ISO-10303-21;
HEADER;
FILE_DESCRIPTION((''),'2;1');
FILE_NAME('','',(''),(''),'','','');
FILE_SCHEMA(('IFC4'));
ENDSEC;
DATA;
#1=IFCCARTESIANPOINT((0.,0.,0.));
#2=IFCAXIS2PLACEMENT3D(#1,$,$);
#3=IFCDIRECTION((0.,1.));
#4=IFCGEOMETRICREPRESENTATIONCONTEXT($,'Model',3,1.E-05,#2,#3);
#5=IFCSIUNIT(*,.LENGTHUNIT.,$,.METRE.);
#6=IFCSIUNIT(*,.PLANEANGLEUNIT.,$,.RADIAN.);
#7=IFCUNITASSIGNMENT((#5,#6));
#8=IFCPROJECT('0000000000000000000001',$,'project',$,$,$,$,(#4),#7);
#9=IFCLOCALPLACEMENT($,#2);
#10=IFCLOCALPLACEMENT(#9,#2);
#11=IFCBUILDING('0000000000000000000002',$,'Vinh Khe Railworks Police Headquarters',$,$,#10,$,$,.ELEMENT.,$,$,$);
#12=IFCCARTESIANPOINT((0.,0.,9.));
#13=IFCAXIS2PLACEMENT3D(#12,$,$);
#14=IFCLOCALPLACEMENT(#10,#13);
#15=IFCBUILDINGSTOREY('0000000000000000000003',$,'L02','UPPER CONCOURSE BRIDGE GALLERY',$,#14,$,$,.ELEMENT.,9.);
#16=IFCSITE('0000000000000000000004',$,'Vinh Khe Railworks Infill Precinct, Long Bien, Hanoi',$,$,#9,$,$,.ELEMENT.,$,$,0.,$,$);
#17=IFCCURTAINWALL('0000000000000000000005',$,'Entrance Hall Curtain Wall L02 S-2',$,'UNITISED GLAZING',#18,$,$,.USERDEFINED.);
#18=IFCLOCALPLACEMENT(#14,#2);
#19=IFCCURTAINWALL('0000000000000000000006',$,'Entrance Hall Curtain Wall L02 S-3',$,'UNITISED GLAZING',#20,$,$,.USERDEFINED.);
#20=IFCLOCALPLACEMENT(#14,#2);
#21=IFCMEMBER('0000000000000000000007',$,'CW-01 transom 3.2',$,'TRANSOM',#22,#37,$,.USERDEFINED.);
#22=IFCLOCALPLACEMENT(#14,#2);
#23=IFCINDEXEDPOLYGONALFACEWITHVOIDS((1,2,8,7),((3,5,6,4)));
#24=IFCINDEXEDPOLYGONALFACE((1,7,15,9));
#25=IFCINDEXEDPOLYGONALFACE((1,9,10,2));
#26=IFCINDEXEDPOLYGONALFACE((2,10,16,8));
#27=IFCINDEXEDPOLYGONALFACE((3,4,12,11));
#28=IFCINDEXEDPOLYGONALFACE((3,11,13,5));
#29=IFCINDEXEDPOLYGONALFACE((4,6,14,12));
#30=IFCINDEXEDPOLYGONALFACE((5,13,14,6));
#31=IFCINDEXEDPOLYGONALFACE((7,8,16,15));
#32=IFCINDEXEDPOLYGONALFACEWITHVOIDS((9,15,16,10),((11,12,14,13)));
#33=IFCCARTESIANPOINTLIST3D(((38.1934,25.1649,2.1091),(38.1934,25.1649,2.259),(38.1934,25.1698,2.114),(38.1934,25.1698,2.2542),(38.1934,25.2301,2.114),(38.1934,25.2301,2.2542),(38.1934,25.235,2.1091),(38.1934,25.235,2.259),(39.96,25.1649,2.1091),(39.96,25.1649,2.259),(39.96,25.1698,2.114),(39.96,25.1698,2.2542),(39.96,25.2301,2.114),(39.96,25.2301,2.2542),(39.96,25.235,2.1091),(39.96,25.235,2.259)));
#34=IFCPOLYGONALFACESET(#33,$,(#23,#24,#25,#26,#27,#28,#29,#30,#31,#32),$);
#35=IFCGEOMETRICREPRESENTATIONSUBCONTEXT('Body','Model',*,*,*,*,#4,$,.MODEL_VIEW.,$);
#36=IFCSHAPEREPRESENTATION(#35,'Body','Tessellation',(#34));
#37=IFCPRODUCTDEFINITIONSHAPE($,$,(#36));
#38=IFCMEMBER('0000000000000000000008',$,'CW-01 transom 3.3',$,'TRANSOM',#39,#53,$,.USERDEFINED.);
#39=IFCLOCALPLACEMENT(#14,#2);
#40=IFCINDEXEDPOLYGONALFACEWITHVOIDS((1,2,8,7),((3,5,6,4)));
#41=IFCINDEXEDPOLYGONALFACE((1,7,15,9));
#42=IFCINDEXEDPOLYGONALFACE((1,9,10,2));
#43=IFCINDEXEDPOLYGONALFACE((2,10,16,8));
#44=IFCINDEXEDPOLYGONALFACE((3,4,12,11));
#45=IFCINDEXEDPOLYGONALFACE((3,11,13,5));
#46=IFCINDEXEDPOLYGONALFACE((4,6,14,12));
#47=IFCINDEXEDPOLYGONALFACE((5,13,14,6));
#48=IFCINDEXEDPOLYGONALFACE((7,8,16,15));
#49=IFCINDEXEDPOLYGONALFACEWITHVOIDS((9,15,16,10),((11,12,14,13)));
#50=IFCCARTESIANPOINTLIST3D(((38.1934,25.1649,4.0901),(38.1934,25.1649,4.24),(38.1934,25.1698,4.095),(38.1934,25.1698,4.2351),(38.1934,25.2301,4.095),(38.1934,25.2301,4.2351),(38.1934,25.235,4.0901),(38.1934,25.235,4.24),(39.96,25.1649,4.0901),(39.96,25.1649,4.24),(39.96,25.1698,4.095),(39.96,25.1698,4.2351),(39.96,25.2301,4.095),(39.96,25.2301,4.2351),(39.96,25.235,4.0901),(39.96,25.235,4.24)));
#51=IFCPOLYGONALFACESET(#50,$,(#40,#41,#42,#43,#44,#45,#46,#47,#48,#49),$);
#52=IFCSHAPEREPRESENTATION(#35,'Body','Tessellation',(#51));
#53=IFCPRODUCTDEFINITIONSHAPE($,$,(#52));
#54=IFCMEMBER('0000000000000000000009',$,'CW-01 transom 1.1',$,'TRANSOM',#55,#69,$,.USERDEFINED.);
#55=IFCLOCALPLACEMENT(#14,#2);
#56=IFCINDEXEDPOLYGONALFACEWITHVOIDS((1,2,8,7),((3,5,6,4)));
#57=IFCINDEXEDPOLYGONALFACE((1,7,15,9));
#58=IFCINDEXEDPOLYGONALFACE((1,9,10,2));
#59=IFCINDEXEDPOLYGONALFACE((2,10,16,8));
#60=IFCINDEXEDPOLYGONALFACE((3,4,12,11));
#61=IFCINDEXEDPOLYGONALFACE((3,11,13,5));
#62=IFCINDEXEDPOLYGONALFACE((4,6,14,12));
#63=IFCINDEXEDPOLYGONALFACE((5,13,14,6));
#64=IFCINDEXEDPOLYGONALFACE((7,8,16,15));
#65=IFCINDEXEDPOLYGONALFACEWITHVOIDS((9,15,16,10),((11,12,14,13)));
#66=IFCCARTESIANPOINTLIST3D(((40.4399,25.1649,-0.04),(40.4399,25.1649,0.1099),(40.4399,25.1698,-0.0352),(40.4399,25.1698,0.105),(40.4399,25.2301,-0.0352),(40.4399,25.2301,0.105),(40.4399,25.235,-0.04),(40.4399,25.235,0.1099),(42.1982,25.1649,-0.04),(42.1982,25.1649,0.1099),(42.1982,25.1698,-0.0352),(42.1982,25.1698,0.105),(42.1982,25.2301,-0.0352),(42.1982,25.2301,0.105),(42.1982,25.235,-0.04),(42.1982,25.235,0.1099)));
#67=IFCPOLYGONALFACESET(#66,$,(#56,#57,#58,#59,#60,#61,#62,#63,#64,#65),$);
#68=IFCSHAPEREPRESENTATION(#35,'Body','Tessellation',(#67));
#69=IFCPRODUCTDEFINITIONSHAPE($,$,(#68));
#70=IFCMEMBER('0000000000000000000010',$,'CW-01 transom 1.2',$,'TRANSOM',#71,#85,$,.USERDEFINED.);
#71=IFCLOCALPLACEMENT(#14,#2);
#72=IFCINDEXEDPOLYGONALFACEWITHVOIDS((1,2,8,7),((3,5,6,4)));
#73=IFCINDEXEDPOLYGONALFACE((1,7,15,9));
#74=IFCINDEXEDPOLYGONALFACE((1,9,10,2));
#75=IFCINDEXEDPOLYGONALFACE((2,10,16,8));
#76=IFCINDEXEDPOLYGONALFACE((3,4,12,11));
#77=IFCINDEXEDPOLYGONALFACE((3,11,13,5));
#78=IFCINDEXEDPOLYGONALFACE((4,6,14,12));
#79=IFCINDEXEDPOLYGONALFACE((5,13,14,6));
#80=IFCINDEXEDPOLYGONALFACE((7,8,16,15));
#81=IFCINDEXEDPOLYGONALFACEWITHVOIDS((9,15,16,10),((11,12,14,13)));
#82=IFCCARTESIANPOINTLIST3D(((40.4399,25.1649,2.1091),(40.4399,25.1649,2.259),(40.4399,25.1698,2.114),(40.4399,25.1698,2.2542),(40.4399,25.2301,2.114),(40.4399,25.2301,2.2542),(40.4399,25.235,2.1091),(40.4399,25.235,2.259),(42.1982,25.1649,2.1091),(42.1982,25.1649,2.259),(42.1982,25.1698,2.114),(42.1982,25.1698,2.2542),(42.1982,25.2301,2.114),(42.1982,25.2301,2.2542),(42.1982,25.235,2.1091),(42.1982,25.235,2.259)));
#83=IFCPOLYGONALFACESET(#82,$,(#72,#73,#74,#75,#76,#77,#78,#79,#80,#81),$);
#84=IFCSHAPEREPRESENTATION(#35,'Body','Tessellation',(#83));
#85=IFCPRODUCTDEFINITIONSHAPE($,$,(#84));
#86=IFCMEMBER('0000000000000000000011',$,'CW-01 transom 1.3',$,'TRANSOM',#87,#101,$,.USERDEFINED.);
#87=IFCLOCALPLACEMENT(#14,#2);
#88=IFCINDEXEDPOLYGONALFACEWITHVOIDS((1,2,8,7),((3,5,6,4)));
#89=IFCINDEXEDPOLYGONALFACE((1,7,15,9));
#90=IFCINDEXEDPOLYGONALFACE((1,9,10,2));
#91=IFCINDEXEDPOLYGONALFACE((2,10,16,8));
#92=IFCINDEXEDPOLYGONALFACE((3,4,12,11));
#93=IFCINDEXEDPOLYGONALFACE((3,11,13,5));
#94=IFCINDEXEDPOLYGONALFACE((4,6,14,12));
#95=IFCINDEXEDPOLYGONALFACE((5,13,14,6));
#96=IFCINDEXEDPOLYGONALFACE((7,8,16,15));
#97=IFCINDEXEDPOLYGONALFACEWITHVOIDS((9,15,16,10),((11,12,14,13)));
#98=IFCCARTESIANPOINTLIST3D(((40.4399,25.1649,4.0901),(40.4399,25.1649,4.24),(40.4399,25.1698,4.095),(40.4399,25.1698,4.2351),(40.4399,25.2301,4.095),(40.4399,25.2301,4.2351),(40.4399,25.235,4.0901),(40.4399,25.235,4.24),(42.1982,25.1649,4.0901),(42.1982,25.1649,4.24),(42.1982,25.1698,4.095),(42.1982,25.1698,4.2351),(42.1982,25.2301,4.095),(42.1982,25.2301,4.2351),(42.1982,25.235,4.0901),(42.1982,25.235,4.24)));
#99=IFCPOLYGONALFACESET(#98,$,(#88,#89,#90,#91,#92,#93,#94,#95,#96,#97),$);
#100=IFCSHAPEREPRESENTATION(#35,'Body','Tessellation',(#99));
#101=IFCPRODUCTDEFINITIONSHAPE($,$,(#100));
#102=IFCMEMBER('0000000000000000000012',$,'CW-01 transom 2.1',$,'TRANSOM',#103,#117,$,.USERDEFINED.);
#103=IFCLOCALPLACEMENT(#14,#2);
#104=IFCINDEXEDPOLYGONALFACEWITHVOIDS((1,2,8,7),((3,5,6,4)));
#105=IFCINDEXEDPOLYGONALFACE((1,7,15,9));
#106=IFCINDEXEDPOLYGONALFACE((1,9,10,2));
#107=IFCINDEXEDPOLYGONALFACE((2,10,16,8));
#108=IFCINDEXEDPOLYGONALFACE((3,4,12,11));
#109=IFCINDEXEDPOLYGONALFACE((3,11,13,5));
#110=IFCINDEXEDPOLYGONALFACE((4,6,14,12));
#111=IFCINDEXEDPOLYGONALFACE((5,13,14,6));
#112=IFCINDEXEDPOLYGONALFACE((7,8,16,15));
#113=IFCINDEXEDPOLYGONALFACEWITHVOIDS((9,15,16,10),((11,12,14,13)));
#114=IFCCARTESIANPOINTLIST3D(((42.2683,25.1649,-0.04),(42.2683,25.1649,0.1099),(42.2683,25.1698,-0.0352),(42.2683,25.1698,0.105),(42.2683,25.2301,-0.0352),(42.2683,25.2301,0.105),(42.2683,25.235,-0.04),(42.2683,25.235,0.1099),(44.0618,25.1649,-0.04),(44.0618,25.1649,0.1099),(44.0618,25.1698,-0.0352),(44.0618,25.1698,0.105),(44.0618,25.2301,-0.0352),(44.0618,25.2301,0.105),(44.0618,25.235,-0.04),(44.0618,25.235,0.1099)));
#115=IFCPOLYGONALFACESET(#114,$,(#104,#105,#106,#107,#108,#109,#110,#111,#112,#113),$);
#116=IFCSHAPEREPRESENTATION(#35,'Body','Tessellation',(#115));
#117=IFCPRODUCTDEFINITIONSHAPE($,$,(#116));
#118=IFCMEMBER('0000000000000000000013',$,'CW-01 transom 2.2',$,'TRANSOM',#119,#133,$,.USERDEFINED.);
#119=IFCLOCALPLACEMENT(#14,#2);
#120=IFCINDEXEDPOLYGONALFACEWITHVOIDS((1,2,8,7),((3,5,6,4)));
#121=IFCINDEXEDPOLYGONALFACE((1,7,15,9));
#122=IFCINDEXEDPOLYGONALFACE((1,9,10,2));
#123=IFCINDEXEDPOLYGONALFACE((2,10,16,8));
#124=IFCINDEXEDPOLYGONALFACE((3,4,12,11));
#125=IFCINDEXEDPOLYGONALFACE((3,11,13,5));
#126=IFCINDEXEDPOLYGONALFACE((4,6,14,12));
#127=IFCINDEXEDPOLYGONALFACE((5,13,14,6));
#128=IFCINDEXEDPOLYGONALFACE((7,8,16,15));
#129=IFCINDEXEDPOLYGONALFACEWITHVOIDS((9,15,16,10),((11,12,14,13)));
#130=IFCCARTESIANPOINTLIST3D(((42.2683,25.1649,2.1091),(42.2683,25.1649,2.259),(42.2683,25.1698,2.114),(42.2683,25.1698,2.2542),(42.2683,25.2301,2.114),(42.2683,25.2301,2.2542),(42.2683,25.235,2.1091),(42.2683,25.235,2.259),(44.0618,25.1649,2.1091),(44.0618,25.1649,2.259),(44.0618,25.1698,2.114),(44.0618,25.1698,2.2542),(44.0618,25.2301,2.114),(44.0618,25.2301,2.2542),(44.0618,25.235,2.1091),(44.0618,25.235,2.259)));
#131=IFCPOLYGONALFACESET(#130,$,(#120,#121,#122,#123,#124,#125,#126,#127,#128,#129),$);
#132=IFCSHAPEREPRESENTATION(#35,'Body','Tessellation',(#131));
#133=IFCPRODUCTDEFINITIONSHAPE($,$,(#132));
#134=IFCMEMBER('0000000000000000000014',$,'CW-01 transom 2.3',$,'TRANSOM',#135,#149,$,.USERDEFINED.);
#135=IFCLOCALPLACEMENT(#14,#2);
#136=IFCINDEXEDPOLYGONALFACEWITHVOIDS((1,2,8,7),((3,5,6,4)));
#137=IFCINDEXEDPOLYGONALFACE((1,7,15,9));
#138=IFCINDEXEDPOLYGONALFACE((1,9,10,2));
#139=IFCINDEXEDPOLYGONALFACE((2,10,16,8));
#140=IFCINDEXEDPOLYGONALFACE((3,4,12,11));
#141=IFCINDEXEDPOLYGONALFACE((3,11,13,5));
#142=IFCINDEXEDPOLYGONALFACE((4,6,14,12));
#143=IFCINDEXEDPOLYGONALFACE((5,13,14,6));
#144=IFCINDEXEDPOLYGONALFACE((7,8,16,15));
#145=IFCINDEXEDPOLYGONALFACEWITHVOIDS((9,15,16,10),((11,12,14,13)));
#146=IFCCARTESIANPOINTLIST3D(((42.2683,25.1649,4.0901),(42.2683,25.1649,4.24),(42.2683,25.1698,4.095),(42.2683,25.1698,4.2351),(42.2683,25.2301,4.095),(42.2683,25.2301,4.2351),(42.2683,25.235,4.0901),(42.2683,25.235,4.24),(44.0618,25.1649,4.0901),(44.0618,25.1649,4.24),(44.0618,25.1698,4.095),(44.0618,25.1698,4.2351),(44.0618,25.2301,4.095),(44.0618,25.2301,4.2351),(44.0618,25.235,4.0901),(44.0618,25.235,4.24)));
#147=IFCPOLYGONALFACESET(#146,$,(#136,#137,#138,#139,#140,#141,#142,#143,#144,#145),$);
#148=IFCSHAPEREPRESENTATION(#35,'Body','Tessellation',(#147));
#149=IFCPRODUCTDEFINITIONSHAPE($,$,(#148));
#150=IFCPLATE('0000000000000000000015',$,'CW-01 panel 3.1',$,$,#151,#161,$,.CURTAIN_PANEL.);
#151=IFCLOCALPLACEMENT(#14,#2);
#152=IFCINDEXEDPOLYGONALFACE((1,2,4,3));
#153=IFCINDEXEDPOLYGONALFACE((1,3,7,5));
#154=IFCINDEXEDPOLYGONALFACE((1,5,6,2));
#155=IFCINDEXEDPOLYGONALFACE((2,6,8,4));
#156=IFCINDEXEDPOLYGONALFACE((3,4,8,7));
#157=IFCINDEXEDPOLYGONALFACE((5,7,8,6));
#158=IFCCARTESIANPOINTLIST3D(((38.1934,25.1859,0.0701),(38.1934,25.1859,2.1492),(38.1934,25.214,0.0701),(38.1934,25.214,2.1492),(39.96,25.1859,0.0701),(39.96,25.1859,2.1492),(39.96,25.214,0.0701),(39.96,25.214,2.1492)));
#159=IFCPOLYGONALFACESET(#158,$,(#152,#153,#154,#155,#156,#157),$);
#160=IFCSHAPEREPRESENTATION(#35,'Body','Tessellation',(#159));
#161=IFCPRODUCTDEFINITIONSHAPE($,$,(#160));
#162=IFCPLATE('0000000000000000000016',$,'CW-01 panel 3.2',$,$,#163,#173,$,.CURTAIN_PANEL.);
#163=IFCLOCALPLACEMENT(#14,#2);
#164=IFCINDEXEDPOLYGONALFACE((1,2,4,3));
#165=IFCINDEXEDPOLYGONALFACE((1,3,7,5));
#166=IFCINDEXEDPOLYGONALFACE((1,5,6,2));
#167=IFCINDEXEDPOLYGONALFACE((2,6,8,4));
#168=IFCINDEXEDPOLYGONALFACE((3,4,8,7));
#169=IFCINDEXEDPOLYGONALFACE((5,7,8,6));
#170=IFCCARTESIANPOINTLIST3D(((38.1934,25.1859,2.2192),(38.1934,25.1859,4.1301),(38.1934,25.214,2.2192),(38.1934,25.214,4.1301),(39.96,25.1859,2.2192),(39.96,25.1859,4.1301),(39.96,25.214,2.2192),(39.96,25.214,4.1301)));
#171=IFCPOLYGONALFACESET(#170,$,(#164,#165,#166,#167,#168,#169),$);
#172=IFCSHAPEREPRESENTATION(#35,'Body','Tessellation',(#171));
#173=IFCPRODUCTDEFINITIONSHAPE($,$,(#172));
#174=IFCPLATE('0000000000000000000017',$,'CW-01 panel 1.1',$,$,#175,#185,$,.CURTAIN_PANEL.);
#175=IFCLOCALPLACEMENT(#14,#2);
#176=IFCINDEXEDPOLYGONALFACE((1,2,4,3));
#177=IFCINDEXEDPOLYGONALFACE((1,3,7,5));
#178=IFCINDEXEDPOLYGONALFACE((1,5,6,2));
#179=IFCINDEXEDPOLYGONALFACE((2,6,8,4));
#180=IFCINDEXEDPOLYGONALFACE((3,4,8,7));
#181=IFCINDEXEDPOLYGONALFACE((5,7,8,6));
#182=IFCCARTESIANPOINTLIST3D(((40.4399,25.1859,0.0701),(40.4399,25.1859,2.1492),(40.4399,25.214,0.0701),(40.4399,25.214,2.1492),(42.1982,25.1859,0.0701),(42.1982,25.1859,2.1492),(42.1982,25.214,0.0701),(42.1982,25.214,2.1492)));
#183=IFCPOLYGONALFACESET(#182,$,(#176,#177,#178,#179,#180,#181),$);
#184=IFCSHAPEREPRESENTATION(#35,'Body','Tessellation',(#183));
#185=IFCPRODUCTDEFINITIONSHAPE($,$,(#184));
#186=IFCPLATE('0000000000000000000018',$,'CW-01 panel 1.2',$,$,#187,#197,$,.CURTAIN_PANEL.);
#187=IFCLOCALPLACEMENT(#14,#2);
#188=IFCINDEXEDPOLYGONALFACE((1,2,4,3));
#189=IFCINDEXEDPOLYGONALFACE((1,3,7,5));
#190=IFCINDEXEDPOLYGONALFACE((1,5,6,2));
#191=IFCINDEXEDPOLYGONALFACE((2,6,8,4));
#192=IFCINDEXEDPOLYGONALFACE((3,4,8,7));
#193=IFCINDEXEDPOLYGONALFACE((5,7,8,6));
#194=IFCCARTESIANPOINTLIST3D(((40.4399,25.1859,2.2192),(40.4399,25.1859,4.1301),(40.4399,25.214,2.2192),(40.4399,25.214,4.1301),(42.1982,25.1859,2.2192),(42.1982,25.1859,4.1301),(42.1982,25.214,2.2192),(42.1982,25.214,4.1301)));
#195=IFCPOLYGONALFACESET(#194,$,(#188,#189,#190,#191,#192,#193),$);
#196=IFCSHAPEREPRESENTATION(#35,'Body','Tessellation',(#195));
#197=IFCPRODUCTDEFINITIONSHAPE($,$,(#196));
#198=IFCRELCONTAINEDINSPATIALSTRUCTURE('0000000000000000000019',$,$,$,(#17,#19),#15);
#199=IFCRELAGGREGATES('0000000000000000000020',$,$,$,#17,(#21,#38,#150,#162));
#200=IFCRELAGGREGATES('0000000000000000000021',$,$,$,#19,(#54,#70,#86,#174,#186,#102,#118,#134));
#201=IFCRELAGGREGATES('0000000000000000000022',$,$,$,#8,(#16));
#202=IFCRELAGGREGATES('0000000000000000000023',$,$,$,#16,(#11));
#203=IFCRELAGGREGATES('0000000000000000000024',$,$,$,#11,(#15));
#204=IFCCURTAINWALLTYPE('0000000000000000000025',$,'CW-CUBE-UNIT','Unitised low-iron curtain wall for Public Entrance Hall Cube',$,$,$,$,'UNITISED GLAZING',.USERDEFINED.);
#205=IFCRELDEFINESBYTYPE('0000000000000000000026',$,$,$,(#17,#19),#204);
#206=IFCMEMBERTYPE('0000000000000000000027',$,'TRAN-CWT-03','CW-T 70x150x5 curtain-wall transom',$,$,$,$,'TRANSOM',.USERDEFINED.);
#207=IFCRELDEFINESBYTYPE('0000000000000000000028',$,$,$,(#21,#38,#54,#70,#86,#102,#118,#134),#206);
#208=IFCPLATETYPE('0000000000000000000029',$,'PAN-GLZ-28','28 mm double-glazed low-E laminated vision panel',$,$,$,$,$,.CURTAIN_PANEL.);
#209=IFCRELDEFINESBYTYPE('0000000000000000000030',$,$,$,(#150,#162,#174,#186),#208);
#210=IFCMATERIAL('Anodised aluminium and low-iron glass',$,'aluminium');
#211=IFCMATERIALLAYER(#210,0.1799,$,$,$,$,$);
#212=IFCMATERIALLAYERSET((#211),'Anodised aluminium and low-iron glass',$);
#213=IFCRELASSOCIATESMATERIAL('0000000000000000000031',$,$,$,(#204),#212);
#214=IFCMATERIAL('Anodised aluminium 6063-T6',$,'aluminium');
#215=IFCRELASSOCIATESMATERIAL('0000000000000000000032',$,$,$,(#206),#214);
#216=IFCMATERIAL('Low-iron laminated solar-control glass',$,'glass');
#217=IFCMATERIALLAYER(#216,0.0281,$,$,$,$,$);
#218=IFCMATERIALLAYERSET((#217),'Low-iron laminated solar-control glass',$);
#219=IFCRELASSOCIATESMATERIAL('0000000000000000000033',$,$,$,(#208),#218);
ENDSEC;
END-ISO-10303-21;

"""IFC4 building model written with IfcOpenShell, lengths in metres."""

from ifc_helpers import new_model, si_unit, direction, frame, origin, origin_2d, place, context, subcontext, project, spatial, rectangle, hollow_rectangle, extrude, material, layer, layer_set, material_profile, profile_set, type_object, element, aggregate, save


model = new_model("IFC4")

# Units and contexts
model_context = context("Model", 3, precision=1e-05, world=origin(), true_north=direction((0.0, 1.0)))
body_context = subcontext(model_context, "Body", "Model", "MODEL_VIEW")
ifc_project = project(units=[si_unit("LENGTHUNIT", "METRE"), si_unit("PLANEANGLEUNIT", "RADIAN")], contexts=[model_context])

# Site, building, storey
site_placement = place(None, origin())
site = spatial("IfcSite", under=ifc_project, at=site_placement, Name="Vinh Khe Railworks Infill Precinct, Long Bien, Hanoi", CompositionType="ELEMENT", RefElevation=0.0)
building_placement = place(site_placement, origin())
building = spatial("IfcBuilding", under=site, at=building_placement, Name="Vinh Khe Railworks Police Headquarters", CompositionType="ELEMENT")
storey_placement = place(building_placement, frame((0.0, 0.0, 9.0)))
storey = spatial("IfcBuildingStorey", under=building, at=storey_placement, Name="L02", Description="UPPER CONCOURSE BRIDGE GALLERY", CompositionType="ELEMENT", Elevation=9.0)

# Curtain walls
ifc_material_1 = material(Name="Anodised aluminium and low-iron glass", Category="aluminium")
ifc_layer_1 = layer(ifc_material_1, 0.1799)
ifc_layer_set_1 = layer_set([ifc_layer_1], Name="Anodised aluminium and low-iron glass")
curtain_wall_type = type_object("IfcCurtainWallType", Name="CW-CUBE-UNIT", Description="Unitised low-iron curtain wall for Public Entrance Hall Cube", ElementType="UNITISED GLAZING", PredefinedType="USERDEFINED", material=ifc_layer_set_1)
curtain_wall_1_placement = place(storey_placement, origin())
curtain_wall_1 = element("IfcCurtainWall", 1, at=curtain_wall_1_placement, inside=storey, type_object=curtain_wall_type, Name="Entrance Hall Curtain Wall L02 S-2", ObjectType="UNITISED GLAZING", PredefinedType="USERDEFINED")
ifc_material_2 = material(Name="Anodised aluminium 6063-T6", Category="aluminium")
curtain_wall_2_placement = place(storey_placement, origin())
curtain_wall_2 = element("IfcCurtainWall", 2, at=curtain_wall_2_placement, inside=storey, type_object=curtain_wall_type, Name="Entrance Hall Curtain Wall L02 S-3", ObjectType="UNITISED GLAZING", PredefinedType="USERDEFINED")

# Members
ifc_material_profile_1 = material_profile(ifc_material_2, hollow_rectangle(XDim=0.0701, YDim=0.1499, WallThickness=0.0049, at=origin_2d()), Name="CW-T 70x150x5")
ifc_profile_set_1 = profile_set([ifc_material_profile_1], Name="Anodised aluminium 6063-T6")
member_type_1 = type_object("IfcMemberType", Name="TRAN-CWT-03", Description="CW-T 70x150x5 curtain-wall transom", ElementType="TRANSOM", PredefinedType="USERDEFINED", material=ifc_profile_set_1)
member_1_placement = place(storey_placement, frame((38.1934, 25.2, 2.1841), z_axis=(1.0, 0.0, 0.0), x_axis=(0.0, 1.0, 0.0)))
member_1 = element("IfcMember", 3, at=member_1_placement, type_object=member_type_1, Name="CW-01 transom 3.2", ObjectType="TRANSOM", PredefinedType="USERDEFINED", context=body_context, shape_type="SweptSolid", body=[
    extrude(hollow_rectangle(XDim=0.0701, YDim=0.1499, WallThickness=0.0049, at=origin_2d()), origin(), (0.0, 0.0, 1.0), 1.7666),
])
member_2_placement = place(storey_placement, frame((38.1934, 25.2, 4.165), z_axis=(1.0, 0.0, 0.0), x_axis=(0.0, 1.0, 0.0)))
member_2 = element("IfcMember", 4, at=member_2_placement, type_object=member_type_1, Name="CW-01 transom 3.3", ObjectType="TRANSOM", PredefinedType="USERDEFINED", context=body_context, shape_type="SweptSolid", body=[
    extrude(hollow_rectangle(XDim=0.0701, YDim=0.1499, WallThickness=0.0049, at=origin_2d()), origin(), (0.0, 0.0, 1.0), 1.7666),
])
member_3_placement = place(storey_placement, frame((40.4399, 25.2, 0.0349), z_axis=(1.0, 0.0, 0.0), x_axis=(0.0, 1.0, 0.0)))
member_3 = element("IfcMember", 5, at=member_3_placement, type_object=member_type_1, Name="CW-01 transom 1.1", ObjectType="TRANSOM", PredefinedType="USERDEFINED", context=body_context, shape_type="SweptSolid", body=[
    extrude(hollow_rectangle(XDim=0.0701, YDim=0.1499, WallThickness=0.0049, at=origin_2d()), origin(), (0.0, 0.0, 1.0), 1.7583),
])
member_4_placement = place(storey_placement, frame((40.4399, 25.2, 2.1841), z_axis=(1.0, 0.0, 0.0), x_axis=(0.0, 1.0, 0.0)))
member_4 = element("IfcMember", 6, at=member_4_placement, type_object=member_type_1, Name="CW-01 transom 1.2", ObjectType="TRANSOM", PredefinedType="USERDEFINED", context=body_context, shape_type="SweptSolid", body=[
    extrude(hollow_rectangle(XDim=0.0701, YDim=0.1499, WallThickness=0.0049, at=origin_2d()), origin(), (0.0, 0.0, 1.0), 1.7583),
])
member_5_placement = place(storey_placement, frame((40.4399, 25.2, 4.165), z_axis=(1.0, 0.0, 0.0), x_axis=(0.0, 1.0, 0.0)))
member_5 = element("IfcMember", 7, at=member_5_placement, type_object=member_type_1, Name="CW-01 transom 1.3", ObjectType="TRANSOM", PredefinedType="USERDEFINED", context=body_context, shape_type="SweptSolid", body=[
    extrude(hollow_rectangle(XDim=0.0701, YDim=0.1499, WallThickness=0.0049, at=origin_2d()), origin(), (0.0, 0.0, 1.0), 1.7583),
])
member_6_placement = place(storey_placement, frame((42.2683, 25.2, 0.0349), z_axis=(1.0, 0.0, 0.0), x_axis=(0.0, 1.0, 0.0)))
member_6 = element("IfcMember", 8, at=member_6_placement, type_object=member_type_1, Name="CW-01 transom 2.1", ObjectType="TRANSOM", PredefinedType="USERDEFINED", context=body_context, shape_type="SweptSolid", body=[
    extrude(hollow_rectangle(XDim=0.0701, YDim=0.1499, WallThickness=0.0049, at=origin_2d()), origin(), (0.0, 0.0, 1.0), 1.7935),
])
member_7_placement = place(storey_placement, frame((42.2683, 25.2, 2.1841), z_axis=(1.0, 0.0, 0.0), x_axis=(0.0, 1.0, 0.0)))
member_7 = element("IfcMember", 9, at=member_7_placement, type_object=member_type_1, Name="CW-01 transom 2.2", ObjectType="TRANSOM", PredefinedType="USERDEFINED", context=body_context, shape_type="SweptSolid", body=[
    extrude(hollow_rectangle(XDim=0.0701, YDim=0.1499, WallThickness=0.0049, at=origin_2d()), origin(), (0.0, 0.0, 1.0), 1.7935),
])
member_8_placement = place(storey_placement, frame((42.2683, 25.2, 4.165), z_axis=(1.0, 0.0, 0.0), x_axis=(0.0, 1.0, 0.0)))
member_8 = element("IfcMember", 10, at=member_8_placement, type_object=member_type_1, Name="CW-01 transom 2.3", ObjectType="TRANSOM", PredefinedType="USERDEFINED", context=body_context, shape_type="SweptSolid", body=[
    extrude(hollow_rectangle(XDim=0.0701, YDim=0.1499, WallThickness=0.0049, at=origin_2d()), origin(), (0.0, 0.0, 1.0), 1.7935),
])

# Plates
ifc_material_3 = material(Name="Low-iron laminated solar-control glass", Category="glass")
ifc_layer_2 = layer(ifc_material_3, 0.0281)
ifc_layer_set_2 = layer_set([ifc_layer_2], Name="Low-iron laminated solar-control glass")
plate_type = type_object("IfcPlateType", Name="PAN-GLZ-28", Description="28 mm double-glazed low-E laminated vision panel", PredefinedType="CURTAIN_PANEL", material=ifc_layer_set_2)
plate_1_placement = place(storey_placement, frame((39.0767, 25.2, 0.0701), z_axis=(0.0, 0.0, 1.0), x_axis=(1.0, 0.0, 0.0)))
plate_1 = element("IfcPlate", 11, at=plate_1_placement, type_object=plate_type, Name="CW-01 panel 3.1", PredefinedType="CURTAIN_PANEL", context=body_context, shape_type="SweptSolid", body=[
    extrude(rectangle(XDim=1.7666, YDim=0.0281, at=origin_2d()), origin(), (0.0, 0.0, 1.0), 2.0791),
])
plate_2_placement = place(storey_placement, frame((39.0767, 25.2, 2.2192), z_axis=(0.0, 0.0, 1.0), x_axis=(1.0, 0.0, 0.0)))
plate_2 = element("IfcPlate", 12, at=plate_2_placement, type_object=plate_type, Name="CW-01 panel 3.2", PredefinedType="CURTAIN_PANEL", context=body_context, shape_type="SweptSolid", body=[
    extrude(rectangle(XDim=1.7666, YDim=0.0281, at=origin_2d()), origin(), (0.0, 0.0, 1.0), 1.9109),
])
aggregate(curtain_wall_1, [member_1, member_2, plate_1, plate_2])
plate_3_placement = place(storey_placement, frame((41.3191, 25.2, 0.0701), z_axis=(0.0, 0.0, 1.0), x_axis=(1.0, 0.0, 0.0)))
plate_3 = element("IfcPlate", 13, at=plate_3_placement, type_object=plate_type, Name="CW-01 panel 1.1", PredefinedType="CURTAIN_PANEL", context=body_context, shape_type="SweptSolid", body=[
    extrude(rectangle(XDim=1.7583, YDim=0.0281, at=origin_2d()), origin(), (0.0, 0.0, 1.0), 2.0791),
])
plate_4_placement = place(storey_placement, frame((41.3191, 25.2, 2.2192), z_axis=(0.0, 0.0, 1.0), x_axis=(1.0, 0.0, 0.0)))
plate_4 = element("IfcPlate", 14, at=plate_4_placement, type_object=plate_type, Name="CW-01 panel 1.2", PredefinedType="CURTAIN_PANEL", context=body_context, shape_type="SweptSolid", body=[
    extrude(rectangle(XDim=1.7583, YDim=0.0281, at=origin_2d()), origin(), (0.0, 0.0, 1.0), 1.9109),
])
aggregate(curtain_wall_2, [member_3, member_4, member_5, plate_3, plate_4, member_6, member_7, member_8])

save(model, "model.ifc")
